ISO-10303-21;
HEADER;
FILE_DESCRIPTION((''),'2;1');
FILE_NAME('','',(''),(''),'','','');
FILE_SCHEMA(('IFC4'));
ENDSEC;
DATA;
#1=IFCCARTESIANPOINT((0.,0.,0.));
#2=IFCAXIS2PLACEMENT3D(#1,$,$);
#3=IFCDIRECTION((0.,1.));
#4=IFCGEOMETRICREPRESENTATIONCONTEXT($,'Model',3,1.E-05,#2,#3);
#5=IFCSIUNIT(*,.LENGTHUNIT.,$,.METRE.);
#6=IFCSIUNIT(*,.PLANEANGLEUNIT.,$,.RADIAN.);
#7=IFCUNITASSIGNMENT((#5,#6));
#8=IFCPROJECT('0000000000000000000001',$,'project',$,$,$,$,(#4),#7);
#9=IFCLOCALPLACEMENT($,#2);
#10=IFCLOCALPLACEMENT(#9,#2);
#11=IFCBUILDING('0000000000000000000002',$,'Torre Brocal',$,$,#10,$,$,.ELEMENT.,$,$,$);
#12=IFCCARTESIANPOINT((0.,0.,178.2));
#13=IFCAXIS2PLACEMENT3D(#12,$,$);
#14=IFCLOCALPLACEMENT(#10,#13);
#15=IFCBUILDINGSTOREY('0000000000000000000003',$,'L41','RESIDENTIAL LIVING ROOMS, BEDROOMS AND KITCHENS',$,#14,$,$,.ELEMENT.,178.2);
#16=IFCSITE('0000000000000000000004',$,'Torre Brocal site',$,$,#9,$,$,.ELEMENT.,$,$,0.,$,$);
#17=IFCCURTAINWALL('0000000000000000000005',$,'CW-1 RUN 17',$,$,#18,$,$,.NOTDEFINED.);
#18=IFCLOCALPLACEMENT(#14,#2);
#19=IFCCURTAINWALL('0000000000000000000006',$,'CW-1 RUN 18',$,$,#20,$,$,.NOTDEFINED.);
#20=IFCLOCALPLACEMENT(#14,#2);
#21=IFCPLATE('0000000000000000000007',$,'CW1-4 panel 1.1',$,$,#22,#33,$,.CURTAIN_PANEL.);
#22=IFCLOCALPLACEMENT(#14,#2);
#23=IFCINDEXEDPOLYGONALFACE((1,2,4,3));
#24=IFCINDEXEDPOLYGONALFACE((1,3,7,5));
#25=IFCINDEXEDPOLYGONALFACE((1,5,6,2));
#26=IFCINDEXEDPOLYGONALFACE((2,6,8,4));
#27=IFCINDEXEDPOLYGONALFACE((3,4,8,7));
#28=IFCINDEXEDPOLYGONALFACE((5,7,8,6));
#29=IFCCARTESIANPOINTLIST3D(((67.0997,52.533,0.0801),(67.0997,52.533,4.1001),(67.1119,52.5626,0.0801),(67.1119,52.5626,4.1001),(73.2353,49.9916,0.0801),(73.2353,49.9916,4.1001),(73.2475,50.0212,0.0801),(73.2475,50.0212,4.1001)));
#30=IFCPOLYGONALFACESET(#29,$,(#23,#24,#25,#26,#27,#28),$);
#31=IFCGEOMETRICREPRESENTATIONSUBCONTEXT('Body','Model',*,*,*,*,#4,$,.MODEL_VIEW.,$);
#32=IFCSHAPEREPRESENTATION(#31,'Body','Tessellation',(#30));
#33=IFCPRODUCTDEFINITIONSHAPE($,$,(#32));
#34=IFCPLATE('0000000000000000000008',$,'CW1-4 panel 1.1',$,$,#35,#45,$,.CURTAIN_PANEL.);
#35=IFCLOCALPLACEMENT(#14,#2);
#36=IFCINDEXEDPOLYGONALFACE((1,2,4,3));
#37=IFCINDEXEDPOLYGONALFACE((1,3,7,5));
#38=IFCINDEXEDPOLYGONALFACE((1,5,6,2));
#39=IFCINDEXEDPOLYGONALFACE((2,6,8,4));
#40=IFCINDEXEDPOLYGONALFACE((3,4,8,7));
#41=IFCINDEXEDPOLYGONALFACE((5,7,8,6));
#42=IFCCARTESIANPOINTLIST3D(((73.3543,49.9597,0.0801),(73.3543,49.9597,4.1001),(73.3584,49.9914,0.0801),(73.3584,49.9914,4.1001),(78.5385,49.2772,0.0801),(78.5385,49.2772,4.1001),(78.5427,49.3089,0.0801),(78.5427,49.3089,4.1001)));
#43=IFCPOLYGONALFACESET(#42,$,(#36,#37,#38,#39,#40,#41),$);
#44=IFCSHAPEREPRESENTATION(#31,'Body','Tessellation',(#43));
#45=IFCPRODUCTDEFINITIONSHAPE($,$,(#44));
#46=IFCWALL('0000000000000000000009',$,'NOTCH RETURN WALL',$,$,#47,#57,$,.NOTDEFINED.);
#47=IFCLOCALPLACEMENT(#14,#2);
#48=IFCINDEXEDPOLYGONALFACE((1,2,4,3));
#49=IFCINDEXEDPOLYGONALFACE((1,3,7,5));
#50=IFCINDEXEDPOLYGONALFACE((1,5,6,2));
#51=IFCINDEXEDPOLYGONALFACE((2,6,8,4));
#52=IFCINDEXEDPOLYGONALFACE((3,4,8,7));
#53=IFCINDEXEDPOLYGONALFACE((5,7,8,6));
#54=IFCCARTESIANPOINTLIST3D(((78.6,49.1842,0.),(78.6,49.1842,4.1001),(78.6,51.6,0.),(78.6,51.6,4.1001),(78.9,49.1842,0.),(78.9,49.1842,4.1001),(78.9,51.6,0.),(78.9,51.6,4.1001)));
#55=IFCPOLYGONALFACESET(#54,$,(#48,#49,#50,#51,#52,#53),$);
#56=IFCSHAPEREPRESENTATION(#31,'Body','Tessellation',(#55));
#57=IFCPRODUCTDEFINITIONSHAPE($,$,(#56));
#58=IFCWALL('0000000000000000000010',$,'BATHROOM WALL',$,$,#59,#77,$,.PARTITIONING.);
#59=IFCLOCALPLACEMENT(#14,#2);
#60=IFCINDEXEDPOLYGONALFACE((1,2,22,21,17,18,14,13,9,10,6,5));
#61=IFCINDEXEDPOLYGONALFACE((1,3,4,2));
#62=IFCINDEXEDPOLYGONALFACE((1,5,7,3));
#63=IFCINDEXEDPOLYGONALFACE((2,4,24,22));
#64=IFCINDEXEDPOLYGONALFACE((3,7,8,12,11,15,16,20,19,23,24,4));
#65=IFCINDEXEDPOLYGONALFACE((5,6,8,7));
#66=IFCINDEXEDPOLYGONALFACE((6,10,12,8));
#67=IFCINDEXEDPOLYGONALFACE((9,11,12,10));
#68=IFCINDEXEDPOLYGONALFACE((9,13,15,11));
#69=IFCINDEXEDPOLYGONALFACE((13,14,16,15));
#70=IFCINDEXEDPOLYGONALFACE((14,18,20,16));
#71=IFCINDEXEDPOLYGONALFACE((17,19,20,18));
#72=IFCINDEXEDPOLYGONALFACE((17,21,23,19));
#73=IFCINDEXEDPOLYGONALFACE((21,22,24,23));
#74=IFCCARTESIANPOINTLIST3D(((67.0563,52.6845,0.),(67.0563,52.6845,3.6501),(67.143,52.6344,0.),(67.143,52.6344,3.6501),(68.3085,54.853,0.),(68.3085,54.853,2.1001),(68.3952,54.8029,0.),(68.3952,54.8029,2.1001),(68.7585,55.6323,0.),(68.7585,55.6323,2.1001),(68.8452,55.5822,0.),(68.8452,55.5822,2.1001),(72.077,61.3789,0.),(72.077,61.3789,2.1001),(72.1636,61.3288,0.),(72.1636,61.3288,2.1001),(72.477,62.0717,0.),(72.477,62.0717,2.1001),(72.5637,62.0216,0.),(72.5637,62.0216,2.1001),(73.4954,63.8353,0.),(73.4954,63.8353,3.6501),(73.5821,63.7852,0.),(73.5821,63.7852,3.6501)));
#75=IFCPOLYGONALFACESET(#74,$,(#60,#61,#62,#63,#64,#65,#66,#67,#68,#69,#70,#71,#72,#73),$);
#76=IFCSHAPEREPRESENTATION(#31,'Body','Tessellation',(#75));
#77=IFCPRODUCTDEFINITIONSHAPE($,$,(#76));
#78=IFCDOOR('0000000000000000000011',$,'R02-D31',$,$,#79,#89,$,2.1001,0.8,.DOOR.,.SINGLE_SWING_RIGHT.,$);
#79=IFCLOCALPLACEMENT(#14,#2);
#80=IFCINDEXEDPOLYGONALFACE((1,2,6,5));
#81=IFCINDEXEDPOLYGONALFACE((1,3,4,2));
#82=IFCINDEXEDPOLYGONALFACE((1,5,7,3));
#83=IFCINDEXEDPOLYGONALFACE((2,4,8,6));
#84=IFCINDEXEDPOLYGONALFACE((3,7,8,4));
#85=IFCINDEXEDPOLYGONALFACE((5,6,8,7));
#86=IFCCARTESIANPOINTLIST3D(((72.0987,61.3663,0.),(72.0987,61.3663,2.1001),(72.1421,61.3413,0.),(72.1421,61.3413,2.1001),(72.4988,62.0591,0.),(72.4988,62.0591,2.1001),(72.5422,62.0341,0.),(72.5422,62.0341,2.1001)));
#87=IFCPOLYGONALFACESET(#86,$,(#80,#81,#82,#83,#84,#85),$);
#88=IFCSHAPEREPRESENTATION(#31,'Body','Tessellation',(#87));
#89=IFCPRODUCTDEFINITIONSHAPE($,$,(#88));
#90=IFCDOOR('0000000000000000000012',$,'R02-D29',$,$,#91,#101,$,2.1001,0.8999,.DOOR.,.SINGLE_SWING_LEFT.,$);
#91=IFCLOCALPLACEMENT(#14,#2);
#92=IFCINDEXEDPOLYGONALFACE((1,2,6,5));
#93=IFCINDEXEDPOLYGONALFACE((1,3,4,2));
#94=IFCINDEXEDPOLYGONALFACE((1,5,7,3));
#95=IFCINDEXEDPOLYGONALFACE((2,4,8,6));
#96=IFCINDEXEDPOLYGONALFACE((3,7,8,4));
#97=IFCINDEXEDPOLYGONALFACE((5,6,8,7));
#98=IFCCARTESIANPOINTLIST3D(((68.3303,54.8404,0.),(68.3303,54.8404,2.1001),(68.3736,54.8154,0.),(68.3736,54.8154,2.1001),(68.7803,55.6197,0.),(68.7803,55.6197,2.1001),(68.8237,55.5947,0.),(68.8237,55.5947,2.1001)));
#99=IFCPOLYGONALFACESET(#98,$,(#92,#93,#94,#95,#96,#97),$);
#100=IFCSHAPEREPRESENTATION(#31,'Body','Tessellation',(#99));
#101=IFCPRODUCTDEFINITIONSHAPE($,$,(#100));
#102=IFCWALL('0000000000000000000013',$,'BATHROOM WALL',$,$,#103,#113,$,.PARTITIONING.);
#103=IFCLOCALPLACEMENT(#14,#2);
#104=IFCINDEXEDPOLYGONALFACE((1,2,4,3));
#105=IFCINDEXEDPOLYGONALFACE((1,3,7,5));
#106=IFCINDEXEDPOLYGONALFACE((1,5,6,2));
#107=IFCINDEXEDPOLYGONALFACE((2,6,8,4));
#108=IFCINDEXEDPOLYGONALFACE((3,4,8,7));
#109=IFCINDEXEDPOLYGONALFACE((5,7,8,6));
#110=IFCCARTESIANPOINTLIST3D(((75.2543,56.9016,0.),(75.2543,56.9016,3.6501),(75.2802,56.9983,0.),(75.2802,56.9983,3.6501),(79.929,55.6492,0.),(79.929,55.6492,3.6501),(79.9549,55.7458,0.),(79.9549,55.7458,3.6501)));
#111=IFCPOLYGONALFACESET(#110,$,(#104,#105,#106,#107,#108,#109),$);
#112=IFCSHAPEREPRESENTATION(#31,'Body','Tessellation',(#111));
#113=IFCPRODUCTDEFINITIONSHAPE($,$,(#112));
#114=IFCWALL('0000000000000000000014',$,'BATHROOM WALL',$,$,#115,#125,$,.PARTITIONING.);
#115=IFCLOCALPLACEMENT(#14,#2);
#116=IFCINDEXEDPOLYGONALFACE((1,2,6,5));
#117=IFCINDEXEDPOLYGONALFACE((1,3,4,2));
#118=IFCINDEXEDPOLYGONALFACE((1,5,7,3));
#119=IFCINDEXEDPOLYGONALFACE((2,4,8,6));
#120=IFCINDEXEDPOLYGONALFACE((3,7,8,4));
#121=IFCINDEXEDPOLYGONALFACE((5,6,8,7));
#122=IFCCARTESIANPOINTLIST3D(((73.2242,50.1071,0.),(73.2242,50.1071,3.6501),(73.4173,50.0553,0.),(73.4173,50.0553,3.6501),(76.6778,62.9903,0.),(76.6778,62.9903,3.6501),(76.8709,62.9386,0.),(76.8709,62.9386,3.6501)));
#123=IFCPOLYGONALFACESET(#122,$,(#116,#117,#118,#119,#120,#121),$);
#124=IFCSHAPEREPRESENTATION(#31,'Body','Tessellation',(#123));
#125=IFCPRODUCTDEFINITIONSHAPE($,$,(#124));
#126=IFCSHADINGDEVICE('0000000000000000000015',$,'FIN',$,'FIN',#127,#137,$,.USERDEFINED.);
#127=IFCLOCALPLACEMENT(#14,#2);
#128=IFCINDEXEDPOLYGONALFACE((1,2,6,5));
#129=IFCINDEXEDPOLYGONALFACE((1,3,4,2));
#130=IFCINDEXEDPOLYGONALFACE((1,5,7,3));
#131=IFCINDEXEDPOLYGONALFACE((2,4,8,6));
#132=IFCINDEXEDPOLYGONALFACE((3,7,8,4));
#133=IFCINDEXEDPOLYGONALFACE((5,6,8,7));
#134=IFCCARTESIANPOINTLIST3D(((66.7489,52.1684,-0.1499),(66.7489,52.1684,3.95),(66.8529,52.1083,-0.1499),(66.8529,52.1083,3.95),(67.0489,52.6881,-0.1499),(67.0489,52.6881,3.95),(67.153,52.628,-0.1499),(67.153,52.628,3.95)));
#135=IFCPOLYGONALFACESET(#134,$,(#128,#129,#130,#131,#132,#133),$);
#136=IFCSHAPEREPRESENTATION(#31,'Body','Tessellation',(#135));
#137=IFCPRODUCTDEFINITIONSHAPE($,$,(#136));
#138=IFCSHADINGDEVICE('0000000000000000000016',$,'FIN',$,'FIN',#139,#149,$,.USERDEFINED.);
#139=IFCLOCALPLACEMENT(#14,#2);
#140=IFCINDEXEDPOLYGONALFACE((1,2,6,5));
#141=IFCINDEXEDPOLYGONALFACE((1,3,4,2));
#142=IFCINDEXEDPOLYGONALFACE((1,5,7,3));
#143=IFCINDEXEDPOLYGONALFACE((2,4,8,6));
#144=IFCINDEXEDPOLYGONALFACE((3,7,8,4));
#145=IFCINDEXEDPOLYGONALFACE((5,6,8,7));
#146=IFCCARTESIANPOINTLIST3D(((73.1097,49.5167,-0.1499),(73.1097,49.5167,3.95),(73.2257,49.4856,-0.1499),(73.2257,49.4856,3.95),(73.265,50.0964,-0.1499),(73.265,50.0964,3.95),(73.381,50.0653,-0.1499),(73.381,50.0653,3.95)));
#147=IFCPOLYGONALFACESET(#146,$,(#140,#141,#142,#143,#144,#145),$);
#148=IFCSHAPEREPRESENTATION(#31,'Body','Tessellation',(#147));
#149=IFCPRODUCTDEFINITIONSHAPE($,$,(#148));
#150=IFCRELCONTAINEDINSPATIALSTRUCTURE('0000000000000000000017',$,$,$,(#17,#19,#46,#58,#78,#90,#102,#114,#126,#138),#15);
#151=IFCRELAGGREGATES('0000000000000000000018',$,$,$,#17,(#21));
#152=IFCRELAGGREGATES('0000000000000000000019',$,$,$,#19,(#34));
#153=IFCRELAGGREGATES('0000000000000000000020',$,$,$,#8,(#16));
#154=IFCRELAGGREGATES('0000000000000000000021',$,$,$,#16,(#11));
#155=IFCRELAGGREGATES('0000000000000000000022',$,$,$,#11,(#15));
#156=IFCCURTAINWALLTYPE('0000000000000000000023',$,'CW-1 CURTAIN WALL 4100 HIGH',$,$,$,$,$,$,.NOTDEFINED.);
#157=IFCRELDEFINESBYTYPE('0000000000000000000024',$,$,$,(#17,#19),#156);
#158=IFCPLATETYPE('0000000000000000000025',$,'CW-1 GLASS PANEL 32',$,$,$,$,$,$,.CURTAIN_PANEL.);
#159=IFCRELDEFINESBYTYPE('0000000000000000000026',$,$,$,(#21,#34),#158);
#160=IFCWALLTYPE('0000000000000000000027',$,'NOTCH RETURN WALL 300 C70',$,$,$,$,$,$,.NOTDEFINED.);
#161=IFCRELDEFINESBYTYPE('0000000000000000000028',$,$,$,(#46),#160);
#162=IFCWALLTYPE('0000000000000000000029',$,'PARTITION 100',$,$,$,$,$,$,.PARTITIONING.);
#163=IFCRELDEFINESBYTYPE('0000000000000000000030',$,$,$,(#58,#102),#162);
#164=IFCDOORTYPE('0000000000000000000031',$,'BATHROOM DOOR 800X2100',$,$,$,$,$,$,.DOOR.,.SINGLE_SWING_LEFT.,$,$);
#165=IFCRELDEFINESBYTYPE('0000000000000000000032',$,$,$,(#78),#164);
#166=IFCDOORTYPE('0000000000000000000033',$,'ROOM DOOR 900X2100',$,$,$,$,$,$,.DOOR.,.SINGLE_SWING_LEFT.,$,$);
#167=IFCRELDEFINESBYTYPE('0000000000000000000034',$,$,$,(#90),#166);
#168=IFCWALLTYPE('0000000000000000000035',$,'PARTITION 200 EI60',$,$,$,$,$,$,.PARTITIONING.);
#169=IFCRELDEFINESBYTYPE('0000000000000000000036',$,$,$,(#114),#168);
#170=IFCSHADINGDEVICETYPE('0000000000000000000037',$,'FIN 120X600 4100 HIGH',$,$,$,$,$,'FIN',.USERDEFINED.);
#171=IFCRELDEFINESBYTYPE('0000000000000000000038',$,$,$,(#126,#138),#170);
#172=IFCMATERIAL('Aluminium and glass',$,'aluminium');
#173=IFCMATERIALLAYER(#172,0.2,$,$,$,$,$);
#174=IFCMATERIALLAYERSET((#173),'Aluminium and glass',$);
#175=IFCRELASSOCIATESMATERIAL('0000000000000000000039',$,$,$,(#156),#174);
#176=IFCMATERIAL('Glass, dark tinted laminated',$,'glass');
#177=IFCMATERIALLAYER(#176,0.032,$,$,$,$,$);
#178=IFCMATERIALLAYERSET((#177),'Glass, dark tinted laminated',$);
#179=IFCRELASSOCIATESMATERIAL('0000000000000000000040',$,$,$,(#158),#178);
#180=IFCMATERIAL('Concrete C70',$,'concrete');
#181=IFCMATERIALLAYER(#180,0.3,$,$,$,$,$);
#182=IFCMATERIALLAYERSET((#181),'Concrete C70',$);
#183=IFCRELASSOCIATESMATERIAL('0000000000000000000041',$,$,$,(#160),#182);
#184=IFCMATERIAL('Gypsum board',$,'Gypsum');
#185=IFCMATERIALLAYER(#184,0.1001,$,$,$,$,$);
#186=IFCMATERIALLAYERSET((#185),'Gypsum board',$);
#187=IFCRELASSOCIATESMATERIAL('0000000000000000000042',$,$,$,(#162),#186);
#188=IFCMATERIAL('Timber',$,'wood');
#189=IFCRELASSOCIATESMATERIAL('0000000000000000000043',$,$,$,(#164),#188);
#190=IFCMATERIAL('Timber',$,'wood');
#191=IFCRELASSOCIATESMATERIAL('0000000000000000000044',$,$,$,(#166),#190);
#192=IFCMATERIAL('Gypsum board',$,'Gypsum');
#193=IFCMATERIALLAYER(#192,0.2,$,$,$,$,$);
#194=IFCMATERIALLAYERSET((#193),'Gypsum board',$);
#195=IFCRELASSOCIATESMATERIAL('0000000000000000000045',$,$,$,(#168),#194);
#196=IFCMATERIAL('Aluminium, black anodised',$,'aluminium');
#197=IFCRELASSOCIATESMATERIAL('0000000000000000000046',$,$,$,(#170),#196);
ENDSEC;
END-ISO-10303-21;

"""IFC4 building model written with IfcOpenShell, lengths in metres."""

from ifc_helpers import new_model, si_unit, direction, frame, frame_2d, origin, origin_2d, place, context, subcontext, project, spatial, rectangle, extrude, material, layer, layer_set, material_profile, profile_set, type_object, element, fill, aggregate, save


model = new_model("IFC4")

# Units and contexts
model_context = context("Model", 3, precision=1e-05, world=origin(), true_north=direction((0.0, 1.0)))
body_context = subcontext(model_context, "Body", "Model", "MODEL_VIEW")
ifc_project = project(units=[si_unit("LENGTHUNIT", "METRE"), si_unit("PLANEANGLEUNIT", "RADIAN")], contexts=[model_context])

# Site, building, storey
site_placement = place(None, origin())
site = spatial("IfcSite", under=ifc_project, at=site_placement, Name="Torre Brocal site", CompositionType="ELEMENT", RefElevation=0.0)
building_placement = place(site_placement, origin())
building = spatial("IfcBuilding", under=site, at=building_placement, Name="Torre Brocal", CompositionType="ELEMENT")
storey_placement = place(building_placement, frame((0.0, 0.0, 178.2)))
storey = spatial("IfcBuildingStorey", under=building, at=storey_placement, Name="L41", Description="RESIDENTIAL LIVING ROOMS, BEDROOMS AND KITCHENS", CompositionType="ELEMENT", Elevation=178.2)

# Shared definitions
ifc_material_1 = material(Name="Aluminium and glass", Category="aluminium")
ifc_layer_1 = layer(ifc_material_1, 0.2)
ifc_layer_set_1 = layer_set([ifc_layer_1], Name="Aluminium and glass")
curtain_wall_type = type_object("IfcCurtainWallType", Name="CW-1 CURTAIN WALL 4100 HIGH", PredefinedType="NOTDEFINED", material=ifc_layer_set_1)

# Curtain walls
curtain_wall_1_placement = place(storey_placement, origin())
curtain_wall_1 = element("IfcCurtainWall", 1, at=curtain_wall_1_placement, inside=storey, type_object=curtain_wall_type, Name="CW-1 RUN 17", PredefinedType="NOTDEFINED")
curtain_wall_2_placement = place(storey_placement, origin())
curtain_wall_2 = element("IfcCurtainWall", 2, at=curtain_wall_2_placement, inside=storey, type_object=curtain_wall_type, Name="CW-1 RUN 18", PredefinedType="NOTDEFINED")

# Plates
ifc_material_2 = material(Name="Glass, dark tinted laminated", Category="glass")
ifc_layer_2 = layer(ifc_material_2, 0.032)
ifc_layer_set_2 = layer_set([ifc_layer_2], Name="Glass, dark tinted laminated")
plate_type = type_object("IfcPlateType", Name="CW-1 GLASS PANEL 32", PredefinedType="CURTAIN_PANEL", material=ifc_layer_set_2)
plate_1_placement = place(storey_placement, frame((70.1736, 51.2771, 0.0801), z_axis=(0.0, 0.0, 1.0), x_axis=(0.92388, -0.382683, 0.0)))
plate_1 = element("IfcPlate", 3, at=plate_1_placement, type_object=plate_type, Name="CW1-4 panel 1.1", PredefinedType="CURTAIN_PANEL", context=body_context, shape_type="SweptSolid", body=[
    extrude(rectangle(XDim=6.6411, YDim=0.032, at=origin_2d()), origin(), (0.0, 0.0, 1.0), 4.02),
])
aggregate(curtain_wall_1, [plate_1])
plate_2_placement = place(storey_placement, frame((75.9485, 49.6343, 0.0801), z_axis=(0.0, 0.0, 1.0), x_axis=(0.991445, -0.130526, 0.0)))
plate_2 = element("IfcPlate", 4, at=plate_2_placement, type_object=plate_type, Name="CW1-4 panel 1.1", PredefinedType="CURTAIN_PANEL", context=body_context, shape_type="SweptSolid", body=[
    extrude(rectangle(XDim=5.229, YDim=0.032, at=origin_2d()), origin(), (0.0, 0.0, 1.0), 4.02),
])
aggregate(curtain_wall_2, [plate_2])

# Wall
ifc_material_3 = material(Name="Concrete C70", Category="concrete")
ifc_layer_3 = layer(ifc_material_3, 0.3)
ifc_layer_set_3 = layer_set([ifc_layer_3], Name="Concrete C70")
wall_type_1 = type_object("IfcWallType", Name="NOTCH RETURN WALL 300 C70", PredefinedType="NOTDEFINED", material=ifc_layer_set_3)
wall_1_placement = place(storey_placement, frame((78.75, 51.6001, 0.0), z_axis=(0.0, 0.0, 1.0), x_axis=(0.0, -1.0, 0.0)))
element("IfcWall", 5, at=wall_1_placement, inside=storey, type_object=wall_type_1, Name="NOTCH RETURN WALL", PredefinedType="NOTDEFINED", context=body_context, shape_type="SweptSolid", body=[
    extrude(rectangle(XDim=2.4158, YDim=0.3, at=frame_2d((1.208, 0.0))), origin(), (0.0, 0.0, 1.0), 4.1001),
])

# Wall, openings, doors
ifc_material_4 = material(Name="Gypsum board", Category="Gypsum")
ifc_layer_4 = layer(ifc_material_4, 0.1001)
ifc_layer_set_4 = layer_set([ifc_layer_4], Name="Gypsum board")
wall_type_2 = type_object("IfcWallType", Name="PARTITION 100", PredefinedType="PARTITIONING", material=ifc_layer_set_4)
wall_2_placement = place(storey_placement, frame((67.0996, 52.6594, 0.0), z_axis=(0.0, 0.0, 1.0), x_axis=(0.500073, 0.865983, 0.0)))
wall_2 = element("IfcWall", 6, at=wall_2_placement, inside=storey, type_object=wall_type_2, Name="BATHROOM WALL", PredefinedType="PARTITIONING", context=body_context, shape_type="SweptSolid", body=[
    extrude(rectangle(XDim=12.8765, YDim=0.1001, at=frame_2d((6.4382, 0.0))), origin(), (0.0, 0.0, 1.0), 3.6501),
])
opening_1_placement = place(wall_2_placement, frame((2.5042, 0.0, 0.0)))
opening_1 = element("IfcOpeningElement", 7, at=opening_1_placement, cuts=wall_2, PredefinedType="OPENING", context=body_context, shape_type="SweptSolid", body=[
    extrude(rectangle(XDim=0.8999, YDim=2.1001, at=frame_2d((0.45, 1.05))), frame((0.0, 0.0601, 0.0), z_axis=(0.0, -1.0, 0.0), x_axis=(1.0, 0.0, 0.0)), (0.0, 0.0, 1.0), 0.1201),
])
opening_2_placement = place(wall_2_placement, frame((10.04, 0.0, 0.0)))
opening_2 = element("IfcOpeningElement", 8, at=opening_2_placement, cuts=wall_2, PredefinedType="OPENING", context=body_context, shape_type="SweptSolid", body=[
    extrude(rectangle(XDim=0.8, YDim=2.1001, at=frame_2d((0.3999, 1.05))), frame((0.0, 0.0601, 0.0), z_axis=(0.0, -1.0, 0.0), x_axis=(1.0, 0.0, 0.0)), (0.0, 0.0, 1.0), 0.1201),
])
ifc_material_5 = material(Name="Timber", Category="wood")
door_type_1 = type_object("IfcDoorType", Name="BATHROOM DOOR 800X2100", OperationType="SINGLE_SWING_LEFT", PredefinedType="DOOR", material=ifc_material_5)
door_1_placement = place(opening_2_placement, origin())
door_1 = element("IfcDoor", 9, at=door_1_placement, inside=storey, type_object=door_type_1, Name="R02-D31", OperationType="SINGLE_SWING_RIGHT", OverallHeight=2.1001, OverallWidth=0.8, PredefinedType="DOOR", context=body_context, shape_type="SweptSolid", body=[
    extrude(rectangle(XDim=0.8, YDim=2.1001, at=frame_2d((0.3999, 1.05))), frame((0.0, 0.0249, 0.0), z_axis=(0.0, -1.0, 0.0), x_axis=(1.0, 0.0, 0.0)), (0.0, 0.0, 1.0), 0.05),
])
fill(opening_2, door_1)
ifc_material_6 = material(Name="Timber", Category="wood")
door_type_2 = type_object("IfcDoorType", Name="ROOM DOOR 900X2100", OperationType="SINGLE_SWING_LEFT", PredefinedType="DOOR", material=ifc_material_6)
door_2_placement = place(opening_1_placement, origin())
door_2 = element("IfcDoor", 10, at=door_2_placement, inside=storey, type_object=door_type_2, Name="R02-D29", OperationType="SINGLE_SWING_LEFT", OverallHeight=2.1001, OverallWidth=0.8999, PredefinedType="DOOR", context=body_context, shape_type="SweptSolid", body=[
    extrude(rectangle(XDim=0.8999, YDim=2.1001, at=frame_2d((0.45, 1.05))), frame((0.0, 0.0249, 0.0), z_axis=(0.0, -1.0, 0.0), x_axis=(1.0, 0.0, 0.0)), (0.0, 0.0, 1.0), 0.05),
])
fill(opening_1, door_2)

# Walls
wall_3_placement = place(storey_placement, frame((75.2671, 56.95, 0.0), z_axis=(0.0, 0.0, 1.0), x_axis=(0.965935, -0.258787, 0.0)))
element("IfcWall", 11, at=wall_3_placement, inside=storey, type_object=wall_type_2, Name="BATHROOM WALL", PredefinedType="PARTITIONING", context=body_context, shape_type="SweptSolid", body=[
    extrude(rectangle(XDim=4.8396, YDim=0.1001, at=frame_2d((2.4199, 0.0))), origin(), (0.0, 0.0, 1.0), 3.6501),
])
ifc_material_7 = material(Name="Gypsum board", Category="Gypsum")
ifc_layer_5 = layer(ifc_material_7, 0.2)
ifc_layer_set_5 = layer_set([ifc_layer_5], Name="Gypsum board")
wall_type_3 = type_object("IfcWallType", Name="PARTITION 200 EI60", PredefinedType="PARTITIONING", material=ifc_layer_set_5)
wall_4_placement = place(storey_placement, frame((73.3208, 50.0813, 0.0), z_axis=(0.0, 0.0, 1.0), x_axis=(0.258927, 0.965897, 0.0)))
element("IfcWall", 12, at=wall_4_placement, inside=storey, type_object=wall_type_3, Name="BATHROOM WALL", PredefinedType="PARTITIONING", context=body_context, shape_type="SweptSolid", body=[
    extrude(rectangle(XDim=13.3381, YDim=0.2, at=frame_2d((6.6689, 0.0))), origin(), (0.0, 0.0, 1.0), 3.6501),
])

# Shading devices
ifc_material_8 = material(Name="Aluminium, black anodised", Category="aluminium")
ifc_material_profile_1 = material_profile(ifc_material_8, rectangle(XDim=0.1201, YDim=0.6001, at=origin_2d()), Name="FIN 120X600 4100 HIGH")
ifc_profile_set_1 = profile_set([ifc_material_profile_1], Name="Aluminium, black anodised")
shading_device_type = type_object("IfcShadingDeviceType", Name="FIN 120X600 4100 HIGH", ElementType="FIN", PredefinedType="USERDEFINED", material=ifc_profile_set_1)
for number, where, z_axis, x_axis, name in (
    (13, (66.9509, 52.3982, -0.1499), (0.0, 0.0, 1.0), (0.866025, -0.5, 0.0), "FIN"),
    (14, (73.2454, 49.791, -0.1499), (0.0, 0.0, 1.0), (0.965926, -0.258819, 0.0), "FIN"),
):
    element("IfcShadingDevice", number, at=place(storey_placement, frame(where, z_axis=z_axis, x_axis=x_axis)), inside=storey, type_object=shading_device_type, Name=name, ObjectType="FIN", PredefinedType="USERDEFINED", context=body_context, shape_type="SweptSolid", body=[
        extrude(rectangle(XDim=0.1201, YDim=0.6001, at=origin_2d()), origin(), (0.0, 0.0, 1.0), 4.0999),
    ])

save(model, "model.ifc")
